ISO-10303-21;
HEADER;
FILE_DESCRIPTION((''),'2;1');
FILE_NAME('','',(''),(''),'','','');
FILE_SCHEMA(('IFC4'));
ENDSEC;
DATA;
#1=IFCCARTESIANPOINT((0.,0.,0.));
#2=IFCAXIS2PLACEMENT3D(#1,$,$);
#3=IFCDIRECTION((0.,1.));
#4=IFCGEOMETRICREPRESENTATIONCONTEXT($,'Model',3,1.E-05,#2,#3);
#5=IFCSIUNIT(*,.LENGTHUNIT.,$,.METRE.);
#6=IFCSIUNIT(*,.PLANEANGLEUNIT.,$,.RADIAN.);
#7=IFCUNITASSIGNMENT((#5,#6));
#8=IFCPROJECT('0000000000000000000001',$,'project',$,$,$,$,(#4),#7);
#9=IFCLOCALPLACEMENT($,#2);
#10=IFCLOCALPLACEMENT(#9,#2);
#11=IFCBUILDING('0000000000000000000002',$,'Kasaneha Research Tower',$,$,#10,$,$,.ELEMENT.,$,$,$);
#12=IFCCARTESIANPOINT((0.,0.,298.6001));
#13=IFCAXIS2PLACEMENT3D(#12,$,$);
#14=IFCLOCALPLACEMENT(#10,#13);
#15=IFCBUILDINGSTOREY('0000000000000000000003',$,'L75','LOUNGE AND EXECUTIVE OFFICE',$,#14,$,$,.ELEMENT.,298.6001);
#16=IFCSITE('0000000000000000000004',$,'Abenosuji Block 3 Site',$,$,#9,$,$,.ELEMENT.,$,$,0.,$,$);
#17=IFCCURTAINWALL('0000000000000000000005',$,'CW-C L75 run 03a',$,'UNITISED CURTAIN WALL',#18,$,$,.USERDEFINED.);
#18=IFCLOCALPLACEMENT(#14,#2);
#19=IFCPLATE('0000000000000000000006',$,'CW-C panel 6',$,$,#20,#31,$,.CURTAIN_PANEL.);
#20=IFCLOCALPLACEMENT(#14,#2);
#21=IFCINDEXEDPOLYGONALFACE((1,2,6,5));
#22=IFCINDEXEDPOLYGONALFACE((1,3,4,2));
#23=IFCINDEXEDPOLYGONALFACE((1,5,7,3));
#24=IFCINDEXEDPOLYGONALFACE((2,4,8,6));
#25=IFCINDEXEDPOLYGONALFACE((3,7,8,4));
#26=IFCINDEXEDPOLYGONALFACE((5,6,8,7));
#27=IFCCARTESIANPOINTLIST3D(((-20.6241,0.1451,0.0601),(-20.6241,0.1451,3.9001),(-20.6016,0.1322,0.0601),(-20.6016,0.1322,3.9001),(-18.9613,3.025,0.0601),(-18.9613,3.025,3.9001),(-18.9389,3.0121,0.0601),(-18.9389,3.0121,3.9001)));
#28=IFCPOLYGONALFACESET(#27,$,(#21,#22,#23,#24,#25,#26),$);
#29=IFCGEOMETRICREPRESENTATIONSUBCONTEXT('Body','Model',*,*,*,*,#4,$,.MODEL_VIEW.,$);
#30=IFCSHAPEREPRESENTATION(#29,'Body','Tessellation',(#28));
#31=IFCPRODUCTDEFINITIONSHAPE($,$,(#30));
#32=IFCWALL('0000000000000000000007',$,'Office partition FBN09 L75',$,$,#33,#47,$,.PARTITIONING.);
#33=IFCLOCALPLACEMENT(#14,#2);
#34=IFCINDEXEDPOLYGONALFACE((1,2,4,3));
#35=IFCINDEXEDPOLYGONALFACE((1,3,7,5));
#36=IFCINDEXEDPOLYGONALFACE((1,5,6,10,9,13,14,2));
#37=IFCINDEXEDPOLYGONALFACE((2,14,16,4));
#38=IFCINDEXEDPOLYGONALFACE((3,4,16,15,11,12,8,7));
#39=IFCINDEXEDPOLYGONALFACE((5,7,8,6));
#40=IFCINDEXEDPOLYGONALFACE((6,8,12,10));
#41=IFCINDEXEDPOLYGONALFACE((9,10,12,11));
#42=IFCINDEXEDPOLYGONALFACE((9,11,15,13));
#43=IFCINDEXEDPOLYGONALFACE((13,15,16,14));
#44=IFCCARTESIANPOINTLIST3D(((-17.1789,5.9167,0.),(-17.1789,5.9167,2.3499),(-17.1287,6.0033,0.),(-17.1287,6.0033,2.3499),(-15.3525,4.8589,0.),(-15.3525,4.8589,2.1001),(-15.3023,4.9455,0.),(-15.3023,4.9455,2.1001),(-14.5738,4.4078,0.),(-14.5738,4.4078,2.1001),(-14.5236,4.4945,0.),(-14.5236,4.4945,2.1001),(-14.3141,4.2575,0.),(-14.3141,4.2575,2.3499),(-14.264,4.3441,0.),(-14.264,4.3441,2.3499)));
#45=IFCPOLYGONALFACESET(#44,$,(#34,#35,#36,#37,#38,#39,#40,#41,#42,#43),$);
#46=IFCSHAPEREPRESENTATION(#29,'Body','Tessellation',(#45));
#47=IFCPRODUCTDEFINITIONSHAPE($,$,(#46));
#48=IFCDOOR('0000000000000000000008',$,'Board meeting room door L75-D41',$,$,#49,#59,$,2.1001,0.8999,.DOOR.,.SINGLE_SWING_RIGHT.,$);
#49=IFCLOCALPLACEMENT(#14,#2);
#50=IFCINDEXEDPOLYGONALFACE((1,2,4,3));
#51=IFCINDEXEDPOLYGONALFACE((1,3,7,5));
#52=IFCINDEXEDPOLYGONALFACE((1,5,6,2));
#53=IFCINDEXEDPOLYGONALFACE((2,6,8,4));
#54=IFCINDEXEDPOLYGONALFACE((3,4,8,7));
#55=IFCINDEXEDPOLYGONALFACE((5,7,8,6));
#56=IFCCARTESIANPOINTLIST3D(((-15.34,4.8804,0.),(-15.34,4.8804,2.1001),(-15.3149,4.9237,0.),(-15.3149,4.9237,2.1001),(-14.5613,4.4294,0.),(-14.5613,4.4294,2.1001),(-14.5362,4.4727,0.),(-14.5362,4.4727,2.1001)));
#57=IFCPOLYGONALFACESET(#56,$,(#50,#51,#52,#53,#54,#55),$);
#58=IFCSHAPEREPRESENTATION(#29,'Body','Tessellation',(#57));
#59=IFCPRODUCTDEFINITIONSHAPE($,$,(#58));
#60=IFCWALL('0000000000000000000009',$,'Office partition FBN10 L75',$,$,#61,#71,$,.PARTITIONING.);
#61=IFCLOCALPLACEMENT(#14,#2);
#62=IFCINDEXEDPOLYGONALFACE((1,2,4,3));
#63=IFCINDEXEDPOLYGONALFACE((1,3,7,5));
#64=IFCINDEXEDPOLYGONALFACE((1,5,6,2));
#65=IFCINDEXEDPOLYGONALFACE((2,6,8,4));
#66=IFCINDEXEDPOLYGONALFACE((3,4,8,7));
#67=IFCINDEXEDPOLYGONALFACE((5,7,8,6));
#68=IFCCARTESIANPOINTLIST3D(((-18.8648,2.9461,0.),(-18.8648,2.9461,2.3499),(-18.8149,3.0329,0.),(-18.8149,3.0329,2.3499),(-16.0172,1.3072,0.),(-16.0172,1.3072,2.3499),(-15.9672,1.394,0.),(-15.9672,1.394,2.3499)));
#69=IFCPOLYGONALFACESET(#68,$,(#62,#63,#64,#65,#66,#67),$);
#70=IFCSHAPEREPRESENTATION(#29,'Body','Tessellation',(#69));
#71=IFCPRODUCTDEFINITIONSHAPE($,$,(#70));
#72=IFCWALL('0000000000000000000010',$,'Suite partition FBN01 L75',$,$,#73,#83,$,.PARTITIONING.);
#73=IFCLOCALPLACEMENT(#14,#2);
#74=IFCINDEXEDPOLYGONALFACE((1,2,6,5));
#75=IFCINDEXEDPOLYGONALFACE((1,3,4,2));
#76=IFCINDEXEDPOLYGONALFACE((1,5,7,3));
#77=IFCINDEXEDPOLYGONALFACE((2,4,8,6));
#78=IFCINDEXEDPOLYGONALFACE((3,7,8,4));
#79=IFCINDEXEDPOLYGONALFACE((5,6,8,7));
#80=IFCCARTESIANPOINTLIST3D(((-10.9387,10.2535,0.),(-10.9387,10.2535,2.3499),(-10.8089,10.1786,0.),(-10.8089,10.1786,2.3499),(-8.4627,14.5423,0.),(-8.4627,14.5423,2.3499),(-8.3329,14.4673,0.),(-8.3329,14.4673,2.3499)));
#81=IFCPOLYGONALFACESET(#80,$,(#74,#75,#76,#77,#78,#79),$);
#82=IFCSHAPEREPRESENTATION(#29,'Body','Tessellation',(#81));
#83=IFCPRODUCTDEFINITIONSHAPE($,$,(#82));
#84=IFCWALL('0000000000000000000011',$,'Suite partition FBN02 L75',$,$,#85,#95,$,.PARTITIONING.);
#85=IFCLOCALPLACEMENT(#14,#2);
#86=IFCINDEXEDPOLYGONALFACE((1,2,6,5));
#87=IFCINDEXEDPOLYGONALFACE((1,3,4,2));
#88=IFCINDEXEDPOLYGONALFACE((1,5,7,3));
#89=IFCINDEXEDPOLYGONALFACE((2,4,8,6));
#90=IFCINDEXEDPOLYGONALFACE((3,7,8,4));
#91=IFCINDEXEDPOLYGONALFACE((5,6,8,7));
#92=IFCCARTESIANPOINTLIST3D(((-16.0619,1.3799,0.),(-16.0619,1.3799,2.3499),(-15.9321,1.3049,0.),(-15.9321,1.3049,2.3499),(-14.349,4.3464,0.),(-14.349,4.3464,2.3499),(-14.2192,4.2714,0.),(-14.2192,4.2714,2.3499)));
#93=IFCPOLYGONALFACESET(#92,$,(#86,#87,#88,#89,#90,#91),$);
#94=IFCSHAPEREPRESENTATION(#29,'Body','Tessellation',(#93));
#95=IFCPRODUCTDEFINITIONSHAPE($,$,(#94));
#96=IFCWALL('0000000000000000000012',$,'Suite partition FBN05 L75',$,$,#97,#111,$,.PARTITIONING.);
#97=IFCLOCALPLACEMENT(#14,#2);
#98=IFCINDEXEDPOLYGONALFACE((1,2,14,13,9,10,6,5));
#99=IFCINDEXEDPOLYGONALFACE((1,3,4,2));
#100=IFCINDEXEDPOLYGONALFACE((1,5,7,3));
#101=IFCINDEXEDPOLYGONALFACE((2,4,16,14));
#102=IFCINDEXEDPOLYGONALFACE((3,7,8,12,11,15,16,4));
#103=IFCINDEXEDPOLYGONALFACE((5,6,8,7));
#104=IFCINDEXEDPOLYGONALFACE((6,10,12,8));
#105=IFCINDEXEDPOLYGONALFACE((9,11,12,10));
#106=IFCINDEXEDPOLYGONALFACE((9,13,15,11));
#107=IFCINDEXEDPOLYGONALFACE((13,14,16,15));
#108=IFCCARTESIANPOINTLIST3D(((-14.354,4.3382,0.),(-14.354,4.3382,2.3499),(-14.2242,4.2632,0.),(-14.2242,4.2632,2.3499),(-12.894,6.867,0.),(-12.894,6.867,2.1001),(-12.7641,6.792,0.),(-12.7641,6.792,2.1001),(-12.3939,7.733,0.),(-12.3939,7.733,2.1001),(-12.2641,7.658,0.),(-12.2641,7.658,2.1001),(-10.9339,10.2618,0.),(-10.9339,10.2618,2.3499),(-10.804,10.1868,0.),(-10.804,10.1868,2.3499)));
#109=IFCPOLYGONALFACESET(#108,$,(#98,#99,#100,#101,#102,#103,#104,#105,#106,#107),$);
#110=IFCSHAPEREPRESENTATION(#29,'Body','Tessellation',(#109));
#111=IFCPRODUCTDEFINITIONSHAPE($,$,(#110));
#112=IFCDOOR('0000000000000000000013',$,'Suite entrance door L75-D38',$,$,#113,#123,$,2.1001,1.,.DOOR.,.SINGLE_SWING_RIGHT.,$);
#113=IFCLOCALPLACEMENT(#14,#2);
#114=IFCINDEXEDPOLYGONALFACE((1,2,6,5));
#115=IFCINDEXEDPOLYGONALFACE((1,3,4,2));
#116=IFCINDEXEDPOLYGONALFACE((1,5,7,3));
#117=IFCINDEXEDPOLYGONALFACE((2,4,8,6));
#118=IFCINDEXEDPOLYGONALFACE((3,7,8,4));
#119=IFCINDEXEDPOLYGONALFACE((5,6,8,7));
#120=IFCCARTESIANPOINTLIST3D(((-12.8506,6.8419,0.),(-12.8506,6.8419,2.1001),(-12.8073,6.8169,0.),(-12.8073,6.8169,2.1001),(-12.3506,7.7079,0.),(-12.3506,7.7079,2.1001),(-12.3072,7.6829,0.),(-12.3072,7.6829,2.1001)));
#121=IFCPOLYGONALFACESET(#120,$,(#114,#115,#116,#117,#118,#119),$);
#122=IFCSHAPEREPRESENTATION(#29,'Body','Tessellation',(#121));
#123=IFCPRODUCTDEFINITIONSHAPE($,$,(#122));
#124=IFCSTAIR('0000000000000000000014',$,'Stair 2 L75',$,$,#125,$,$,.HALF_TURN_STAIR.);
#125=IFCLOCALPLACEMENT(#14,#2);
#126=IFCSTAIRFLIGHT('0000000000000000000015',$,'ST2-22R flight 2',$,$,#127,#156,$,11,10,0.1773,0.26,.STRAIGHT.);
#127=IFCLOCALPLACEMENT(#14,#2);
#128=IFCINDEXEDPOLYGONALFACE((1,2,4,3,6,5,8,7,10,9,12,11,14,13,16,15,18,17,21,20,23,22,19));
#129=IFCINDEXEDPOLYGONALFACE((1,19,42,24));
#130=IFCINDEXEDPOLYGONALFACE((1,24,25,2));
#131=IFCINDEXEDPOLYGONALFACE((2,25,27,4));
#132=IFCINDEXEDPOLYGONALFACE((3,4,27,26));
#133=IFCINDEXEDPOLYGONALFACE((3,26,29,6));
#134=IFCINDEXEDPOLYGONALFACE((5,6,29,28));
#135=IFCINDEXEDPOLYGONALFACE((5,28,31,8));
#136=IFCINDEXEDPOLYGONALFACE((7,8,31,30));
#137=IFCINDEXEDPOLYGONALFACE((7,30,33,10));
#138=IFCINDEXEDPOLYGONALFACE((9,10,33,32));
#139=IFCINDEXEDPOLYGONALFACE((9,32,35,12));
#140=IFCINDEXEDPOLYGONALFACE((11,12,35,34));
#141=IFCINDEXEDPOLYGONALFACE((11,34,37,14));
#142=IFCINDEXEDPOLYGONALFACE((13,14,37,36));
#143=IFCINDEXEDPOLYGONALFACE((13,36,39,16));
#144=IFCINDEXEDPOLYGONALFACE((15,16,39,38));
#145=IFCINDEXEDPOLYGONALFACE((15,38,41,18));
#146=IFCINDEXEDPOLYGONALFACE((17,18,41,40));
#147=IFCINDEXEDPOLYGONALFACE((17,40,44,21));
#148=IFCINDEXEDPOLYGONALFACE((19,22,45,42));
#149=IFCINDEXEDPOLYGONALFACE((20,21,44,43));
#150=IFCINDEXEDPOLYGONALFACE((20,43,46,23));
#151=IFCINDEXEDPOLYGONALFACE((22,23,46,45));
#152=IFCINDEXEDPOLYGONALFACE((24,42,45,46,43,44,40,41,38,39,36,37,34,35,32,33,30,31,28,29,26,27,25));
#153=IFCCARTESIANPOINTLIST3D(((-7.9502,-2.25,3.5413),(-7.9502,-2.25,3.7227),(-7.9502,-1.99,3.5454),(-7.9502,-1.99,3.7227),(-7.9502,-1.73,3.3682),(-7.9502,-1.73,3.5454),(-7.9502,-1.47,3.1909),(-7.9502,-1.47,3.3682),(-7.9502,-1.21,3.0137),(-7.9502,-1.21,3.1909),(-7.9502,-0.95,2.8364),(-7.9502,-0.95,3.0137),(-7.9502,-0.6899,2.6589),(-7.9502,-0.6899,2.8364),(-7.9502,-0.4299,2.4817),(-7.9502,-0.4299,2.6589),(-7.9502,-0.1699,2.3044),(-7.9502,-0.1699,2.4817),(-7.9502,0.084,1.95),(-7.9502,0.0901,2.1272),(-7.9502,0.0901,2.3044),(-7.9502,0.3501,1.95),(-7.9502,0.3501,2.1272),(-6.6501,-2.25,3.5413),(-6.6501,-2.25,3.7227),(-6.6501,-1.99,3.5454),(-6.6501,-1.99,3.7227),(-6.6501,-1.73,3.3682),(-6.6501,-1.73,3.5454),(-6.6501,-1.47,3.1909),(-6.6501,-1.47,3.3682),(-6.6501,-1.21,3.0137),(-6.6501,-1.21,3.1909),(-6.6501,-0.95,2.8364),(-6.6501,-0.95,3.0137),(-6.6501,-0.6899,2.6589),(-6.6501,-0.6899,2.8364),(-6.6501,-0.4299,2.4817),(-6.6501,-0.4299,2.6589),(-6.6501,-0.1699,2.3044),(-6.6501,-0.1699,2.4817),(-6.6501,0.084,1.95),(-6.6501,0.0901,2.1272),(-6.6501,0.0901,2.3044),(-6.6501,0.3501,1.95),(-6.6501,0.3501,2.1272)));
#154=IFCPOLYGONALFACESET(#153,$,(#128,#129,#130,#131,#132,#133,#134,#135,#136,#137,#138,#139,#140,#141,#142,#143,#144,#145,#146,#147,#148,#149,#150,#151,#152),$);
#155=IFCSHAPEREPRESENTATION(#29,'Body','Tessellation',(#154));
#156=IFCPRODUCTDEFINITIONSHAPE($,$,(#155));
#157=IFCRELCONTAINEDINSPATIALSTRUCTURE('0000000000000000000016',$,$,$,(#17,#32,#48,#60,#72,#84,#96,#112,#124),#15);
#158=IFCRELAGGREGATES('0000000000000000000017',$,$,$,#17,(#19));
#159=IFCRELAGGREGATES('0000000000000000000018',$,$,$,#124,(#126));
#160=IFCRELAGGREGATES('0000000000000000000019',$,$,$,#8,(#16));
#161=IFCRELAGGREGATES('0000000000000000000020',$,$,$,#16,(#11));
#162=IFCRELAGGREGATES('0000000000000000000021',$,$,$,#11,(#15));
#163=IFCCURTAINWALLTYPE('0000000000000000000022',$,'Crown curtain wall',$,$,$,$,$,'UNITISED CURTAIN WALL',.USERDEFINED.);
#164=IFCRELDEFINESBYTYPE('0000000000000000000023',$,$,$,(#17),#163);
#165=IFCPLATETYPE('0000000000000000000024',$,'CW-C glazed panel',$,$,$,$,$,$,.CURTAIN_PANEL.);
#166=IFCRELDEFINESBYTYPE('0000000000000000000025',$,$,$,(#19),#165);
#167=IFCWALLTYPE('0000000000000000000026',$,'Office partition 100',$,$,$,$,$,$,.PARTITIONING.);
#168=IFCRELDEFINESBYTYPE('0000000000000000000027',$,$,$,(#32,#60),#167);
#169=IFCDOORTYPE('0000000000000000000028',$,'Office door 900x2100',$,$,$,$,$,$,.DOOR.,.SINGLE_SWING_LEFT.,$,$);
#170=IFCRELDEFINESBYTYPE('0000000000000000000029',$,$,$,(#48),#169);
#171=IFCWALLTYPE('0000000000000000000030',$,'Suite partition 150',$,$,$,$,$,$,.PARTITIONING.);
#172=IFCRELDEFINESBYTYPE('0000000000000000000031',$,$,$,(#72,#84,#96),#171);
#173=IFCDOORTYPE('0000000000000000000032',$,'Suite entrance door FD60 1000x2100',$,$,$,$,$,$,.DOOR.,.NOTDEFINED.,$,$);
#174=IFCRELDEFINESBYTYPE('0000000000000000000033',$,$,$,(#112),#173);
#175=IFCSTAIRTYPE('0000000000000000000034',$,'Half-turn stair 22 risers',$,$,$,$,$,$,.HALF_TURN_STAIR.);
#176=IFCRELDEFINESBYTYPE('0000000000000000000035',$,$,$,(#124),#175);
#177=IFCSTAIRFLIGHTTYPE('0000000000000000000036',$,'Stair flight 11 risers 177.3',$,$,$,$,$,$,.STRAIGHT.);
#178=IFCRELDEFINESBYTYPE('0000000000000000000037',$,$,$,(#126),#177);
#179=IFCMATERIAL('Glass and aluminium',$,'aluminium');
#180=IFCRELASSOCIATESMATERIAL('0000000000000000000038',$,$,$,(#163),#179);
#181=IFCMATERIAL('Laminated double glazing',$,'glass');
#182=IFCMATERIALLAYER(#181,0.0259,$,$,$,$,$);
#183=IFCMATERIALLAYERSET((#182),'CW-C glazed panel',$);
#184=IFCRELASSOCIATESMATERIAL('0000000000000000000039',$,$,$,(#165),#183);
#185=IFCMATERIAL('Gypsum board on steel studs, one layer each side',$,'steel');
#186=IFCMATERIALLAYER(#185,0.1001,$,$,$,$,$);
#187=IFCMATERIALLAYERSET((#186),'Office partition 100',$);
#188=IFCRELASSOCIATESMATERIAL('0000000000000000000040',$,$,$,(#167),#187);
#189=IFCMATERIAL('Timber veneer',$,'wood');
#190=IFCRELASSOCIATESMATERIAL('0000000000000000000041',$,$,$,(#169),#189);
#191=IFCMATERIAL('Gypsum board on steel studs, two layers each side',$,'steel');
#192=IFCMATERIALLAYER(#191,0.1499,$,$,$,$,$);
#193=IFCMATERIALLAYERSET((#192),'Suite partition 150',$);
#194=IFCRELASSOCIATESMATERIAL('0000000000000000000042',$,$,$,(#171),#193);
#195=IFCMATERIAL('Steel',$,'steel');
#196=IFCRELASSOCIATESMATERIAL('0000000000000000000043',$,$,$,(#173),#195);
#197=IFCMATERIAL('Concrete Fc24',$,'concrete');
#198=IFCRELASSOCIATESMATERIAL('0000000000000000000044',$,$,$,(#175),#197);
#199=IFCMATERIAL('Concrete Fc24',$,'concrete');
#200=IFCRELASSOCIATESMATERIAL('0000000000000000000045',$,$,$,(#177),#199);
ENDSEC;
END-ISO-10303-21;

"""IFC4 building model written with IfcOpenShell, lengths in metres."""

from ifc_helpers import new_model, si_unit, direction, frame, frame_2d, origin, origin_2d, place, context, subcontext, project, spatial, polyline, rectangle, outline, extrude, material, layer, layer_set, type_object, element, fill, aggregate, save


model = new_model("IFC4")

# Units and contexts
model_context = context("Model", 3, precision=1e-05, world=origin(), true_north=direction((0.0, 1.0)))
body_context = subcontext(model_context, "Body", "Model", "MODEL_VIEW")
ifc_project = project(units=[si_unit("LENGTHUNIT", "METRE"), si_unit("PLANEANGLEUNIT", "RADIAN")], contexts=[model_context])

# Site, building, storey
site_placement = place(None, origin())
site = spatial("IfcSite", under=ifc_project, at=site_placement, Name="Abenosuji Block 3 Site", CompositionType="ELEMENT", RefElevation=0.0)
building_placement = place(site_placement, origin())
building = spatial("IfcBuilding", under=site, at=building_placement, Name="Kasaneha Research Tower", CompositionType="ELEMENT")
storey_placement = place(building_placement, frame((0.0, 0.0, 298.6001)))
storey = spatial("IfcBuildingStorey", under=building, at=storey_placement, Name="L75", Description="LOUNGE AND EXECUTIVE OFFICE", CompositionType="ELEMENT", Elevation=298.6001)

# Curtain wall
ifc_material_1 = material(Name="Glass and aluminium", Category="aluminium")
curtain_wall_type = type_object("IfcCurtainWallType", Name="Crown curtain wall", ElementType="UNITISED CURTAIN WALL", PredefinedType="USERDEFINED", material=ifc_material_1)
curtain_wall_placement = place(storey_placement, origin())
curtain_wall = element("IfcCurtainWall", 1, at=curtain_wall_placement, inside=storey, type_object=curtain_wall_type, Name="CW-C L75 run 03a", ObjectType="UNITISED CURTAIN WALL", PredefinedType="USERDEFINED")

# Plate
ifc_material_2 = material(Name="Laminated double glazing", Category="glass")
ifc_layer_1 = layer(ifc_material_2, 0.0259)
ifc_layer_set_1 = layer_set([ifc_layer_1], Name="CW-C glazed panel")
plate_type = type_object("IfcPlateType", Name="CW-C glazed panel", PredefinedType="CURTAIN_PANEL", material=ifc_layer_set_1)
plate_1_placement = place(storey_placement, frame((-19.7815, 1.5786, 0.0601), z_axis=(0.0, 0.0, 1.0), x_axis=(-0.5, -0.866025, 0.0)))
plate_1 = element("IfcPlate", 2, at=plate_1_placement, type_object=plate_type, Name="CW-C panel 6", PredefinedType="CURTAIN_PANEL", context=body_context, shape_type="SweptSolid", body=[
    extrude(rectangle(XDim=3.3254, YDim=0.0259, at=origin_2d()), origin(), (0.0, 0.0, 1.0), 3.8401),
])
aggregate(curtain_wall, [plate_1])

# Wall, opening, door
ifc_material_3 = material(Name="Gypsum board on steel studs, one layer each side", Category="steel")
ifc_layer_2 = layer(ifc_material_3, 0.1001)
ifc_layer_set_2 = layer_set([ifc_layer_2], Name="Office partition 100")
wall_type_1 = type_object("IfcWallType", Name="Office partition 100", PredefinedType="PARTITIONING", material=ifc_layer_set_2)
wall_1_placement = place(storey_placement, frame((-17.1538, 5.96, 0.0), z_axis=(0.0, 0.0, 1.0), x_axis=(0.865342, -0.501182, 0.0)))
wall_1 = element("IfcWall", 3, at=wall_1_placement, inside=storey, type_object=wall_type_1, Name="Office partition FBN09 L75", PredefinedType="PARTITIONING", context=body_context, shape_type="SweptSolid", body=[
    extrude(rectangle(XDim=3.3105, YDim=0.1001, at=frame_2d((1.6553, 0.0))), origin(), (0.0, 0.0, 1.0), 2.3499),
])
opening_1_placement = place(wall_1_placement, frame((2.1106, 0.0, 0.0)))
opening_1 = element("IfcOpeningElement", 4, at=opening_1_placement, cuts=wall_1, PredefinedType="OPENING", context=body_context, shape_type="SweptSolid", body=[
    extrude(rectangle(XDim=0.8999, YDim=2.1001, at=frame_2d((0.45, 1.05))), frame((0.0, 0.0601, 0.0), z_axis=(0.0, -1.0, 0.0), x_axis=(1.0, 0.0, 0.0)), (0.0, 0.0, 1.0), 0.1201),
])
ifc_material_4 = material(Name="Timber veneer", Category="wood")
door_type_1 = type_object("IfcDoorType", Name="Office door 900x2100", OperationType="SINGLE_SWING_LEFT", PredefinedType="DOOR", material=ifc_material_4)
door_1_placement = place(opening_1_placement, origin())
door_1 = element("IfcDoor", 5, at=door_1_placement, inside=storey, type_object=door_type_1, Name="Board meeting room door L75-D41", OperationType="SINGLE_SWING_RIGHT", OverallHeight=2.1001, OverallWidth=0.8999, PredefinedType="DOOR", context=body_context, shape_type="SweptSolid", body=[
    extrude(rectangle(XDim=0.8999, YDim=2.1001, at=frame_2d((0.45, 1.05))), frame((0.0, 0.0249, 0.0), z_axis=(0.0, -1.0, 0.0), x_axis=(1.0, 0.0, 0.0)), (0.0, 0.0, 1.0), 0.05),
])
fill(opening_1, door_1)

# Walls
wall_2_placement = place(storey_placement, frame((-15.9922, 1.3506, 0.0), z_axis=(0.0, 0.0, 1.0), x_axis=(-0.866707, 0.498817, 0.0)))
element("IfcWall", 6, at=wall_2_placement, inside=storey, type_object=wall_type_1, Name="Office partition FBN10 L75", PredefinedType="PARTITIONING", context=body_context, shape_type="SweptSolid", body=[
    extrude(rectangle(XDim=3.2856, YDim=0.1001, at=frame_2d((1.6428, 0.0))), origin(), (0.0, 0.0, 1.0), 2.3499),
])
ifc_material_5 = material(Name="Gypsum board on steel studs, two layers each side", Category="steel")
ifc_layer_3 = layer(ifc_material_5, 0.1499)
ifc_layer_set_3 = layer_set([ifc_layer_3], Name="Suite partition 150")
wall_type_2 = type_object("IfcWallType", Name="Suite partition 150", PredefinedType="PARTITIONING", material=ifc_layer_set_3)
wall_3_placement = place(storey_placement, frame((-10.8738, 10.2161, 0.0), z_axis=(0.0, 0.0, 1.0), x_axis=(0.499988, 0.866032, 0.0)))
element("IfcWall", 7, at=wall_3_placement, inside=storey, type_object=wall_type_2, Name="Suite partition FBN01 L75", PredefinedType="PARTITIONING", context=body_context, shape_type="SweptSolid", body=[
    extrude(rectangle(XDim=4.9521, YDim=0.1499, at=frame_2d((2.4761, 0.0))), origin(), (0.0, 0.0, 1.0), 2.3499),
])
wall_4_placement = place(storey_placement, frame((-15.9971, 1.3423, 0.0), z_axis=(0.0, 0.0, 1.0), x_axis=(0.500033, 0.866006, 0.0)))
element("IfcWall", 8, at=wall_4_placement, inside=storey, type_object=wall_type_2, Name="Suite partition FBN02 L75", PredefinedType="PARTITIONING", context=body_context, shape_type="SweptSolid", body=[
    extrude(rectangle(XDim=3.4255, YDim=0.1499, at=frame_2d((1.7129, 0.0))), origin(), (0.0, 0.0, 1.0), 2.3499),
])

# Wall, opening, door
wall_5_placement = place(storey_placement, frame((-14.2891, 4.3008, 0.0), z_axis=(0.0, 0.0, 1.0), x_axis=(0.50002, 0.866014, 0.0)))
wall_5 = element("IfcWall", 9, at=wall_5_placement, inside=storey, type_object=wall_type_2, Name="Suite partition FBN05 L75", PredefinedType="PARTITIONING", context=body_context, shape_type="SweptSolid", body=[
    extrude(rectangle(XDim=6.8401, YDim=0.1499, at=frame_2d((3.4199, 0.0))), origin(), (0.0, 0.0, 1.0), 2.3499),
])
opening_2_placement = place(wall_5_placement, frame((2.9199, 0.0, 0.0)))
opening_2 = element("IfcOpeningElement", 10, at=opening_2_placement, cuts=wall_5, PredefinedType="OPENING", context=body_context, shape_type="SweptSolid", body=[
    extrude(rectangle(XDim=1.0, YDim=2.1001, at=frame_2d((0.5, 1.05))), frame((0.0, 0.085, 0.0), z_axis=(0.0, -1.0, 0.0), x_axis=(1.0, 0.0, 0.0)), (0.0, 0.0, 1.0), 0.1699),
])
ifc_material_6 = material(Name="Steel", Category="steel")
door_type_2 = type_object("IfcDoorType", Name="Suite entrance door FD60 1000x2100", OperationType="NOTDEFINED", PredefinedType="DOOR", material=ifc_material_6)
door_2_placement = place(opening_2_placement, origin())
door_2 = element("IfcDoor", 11, at=door_2_placement, inside=storey, type_object=door_type_2, Name="Suite entrance door L75-D38", OperationType="SINGLE_SWING_RIGHT", OverallHeight=2.1001, OverallWidth=1.0, PredefinedType="DOOR", context=body_context, shape_type="SweptSolid", body=[
    extrude(rectangle(XDim=1.0, YDim=2.1001, at=frame_2d((0.5, 1.05))), frame((0.0, 0.0249, 0.0), z_axis=(0.0, -1.0, 0.0), x_axis=(1.0, 0.0, 0.0)), (0.0, 0.0, 1.0), 0.05),
])
fill(opening_2, door_2)

# Stair, stair flight
ifc_material_7 = material(Name="Concrete Fc24", Category="concrete")
stair_type = type_object("IfcStairType", Name="Half-turn stair 22 risers", PredefinedType="HALF_TURN_STAIR", material=ifc_material_7)
stair_placement = place(storey_placement, origin())
stair = element("IfcStair", 12, at=stair_placement, inside=storey, type_object=stair_type, Name="Stair 2 L75", PredefinedType="HALF_TURN_STAIR")
ifc_material_8 = material(Name="Concrete Fc24", Category="concrete")
stair_flight_type = type_object("IfcStairFlightType", Name="Stair flight 11 risers 177.3", PredefinedType="STRAIGHT", material=ifc_material_8)
stair_flight_placement = place(storey_placement, frame((-7.3, 0.3501, 1.95), z_axis=(0.0, 0.0, 1.0), x_axis=(0.0, -1.0, 0.0)))
stair_flight = element("IfcStairFlight", 13, at=stair_flight_placement, type_object=stair_flight_type, Name="ST2-22R flight 2", NumberOfRisers=11, NumberOfTreads=10, PredefinedType="STRAIGHT", RiserHeight=0.1773, TreadLength=0.26, context=body_context, shape_type="SweptSolid", body=[
    extrude(outline(polyline([(0.0, 0.0), (0.0, 0.1772), (0.26, 0.1772), (0.26, 0.3545), (0.52, 0.3545), (0.52, 0.5317), (0.78, 0.5317), (0.78, 0.709), (1.04, 0.709), (1.04, 0.8865), (1.3, 0.8865), (1.3, 1.0637), (1.5601, 1.0637), (1.5601, 1.241), (1.8201, 1.241), (1.8201, 1.4182), (2.0801, 1.4182), (2.0801, 1.5955), (2.3401, 1.5955), (2.3401, 1.7727), (2.6001, 1.7727), (2.6001, 1.95), (2.6001, 1.5913), (0.2661, 0.0), (0.0, 0.0)])), frame((0.0, 0.6499, 0.0), z_axis=(0.0, -1.0, 0.0), x_axis=(1.0, 0.0, 0.0)), (0.0, 0.0, 1.0), 1.3),
])
aggregate(stair, [stair_flight])

save(model, "model.ifc")
